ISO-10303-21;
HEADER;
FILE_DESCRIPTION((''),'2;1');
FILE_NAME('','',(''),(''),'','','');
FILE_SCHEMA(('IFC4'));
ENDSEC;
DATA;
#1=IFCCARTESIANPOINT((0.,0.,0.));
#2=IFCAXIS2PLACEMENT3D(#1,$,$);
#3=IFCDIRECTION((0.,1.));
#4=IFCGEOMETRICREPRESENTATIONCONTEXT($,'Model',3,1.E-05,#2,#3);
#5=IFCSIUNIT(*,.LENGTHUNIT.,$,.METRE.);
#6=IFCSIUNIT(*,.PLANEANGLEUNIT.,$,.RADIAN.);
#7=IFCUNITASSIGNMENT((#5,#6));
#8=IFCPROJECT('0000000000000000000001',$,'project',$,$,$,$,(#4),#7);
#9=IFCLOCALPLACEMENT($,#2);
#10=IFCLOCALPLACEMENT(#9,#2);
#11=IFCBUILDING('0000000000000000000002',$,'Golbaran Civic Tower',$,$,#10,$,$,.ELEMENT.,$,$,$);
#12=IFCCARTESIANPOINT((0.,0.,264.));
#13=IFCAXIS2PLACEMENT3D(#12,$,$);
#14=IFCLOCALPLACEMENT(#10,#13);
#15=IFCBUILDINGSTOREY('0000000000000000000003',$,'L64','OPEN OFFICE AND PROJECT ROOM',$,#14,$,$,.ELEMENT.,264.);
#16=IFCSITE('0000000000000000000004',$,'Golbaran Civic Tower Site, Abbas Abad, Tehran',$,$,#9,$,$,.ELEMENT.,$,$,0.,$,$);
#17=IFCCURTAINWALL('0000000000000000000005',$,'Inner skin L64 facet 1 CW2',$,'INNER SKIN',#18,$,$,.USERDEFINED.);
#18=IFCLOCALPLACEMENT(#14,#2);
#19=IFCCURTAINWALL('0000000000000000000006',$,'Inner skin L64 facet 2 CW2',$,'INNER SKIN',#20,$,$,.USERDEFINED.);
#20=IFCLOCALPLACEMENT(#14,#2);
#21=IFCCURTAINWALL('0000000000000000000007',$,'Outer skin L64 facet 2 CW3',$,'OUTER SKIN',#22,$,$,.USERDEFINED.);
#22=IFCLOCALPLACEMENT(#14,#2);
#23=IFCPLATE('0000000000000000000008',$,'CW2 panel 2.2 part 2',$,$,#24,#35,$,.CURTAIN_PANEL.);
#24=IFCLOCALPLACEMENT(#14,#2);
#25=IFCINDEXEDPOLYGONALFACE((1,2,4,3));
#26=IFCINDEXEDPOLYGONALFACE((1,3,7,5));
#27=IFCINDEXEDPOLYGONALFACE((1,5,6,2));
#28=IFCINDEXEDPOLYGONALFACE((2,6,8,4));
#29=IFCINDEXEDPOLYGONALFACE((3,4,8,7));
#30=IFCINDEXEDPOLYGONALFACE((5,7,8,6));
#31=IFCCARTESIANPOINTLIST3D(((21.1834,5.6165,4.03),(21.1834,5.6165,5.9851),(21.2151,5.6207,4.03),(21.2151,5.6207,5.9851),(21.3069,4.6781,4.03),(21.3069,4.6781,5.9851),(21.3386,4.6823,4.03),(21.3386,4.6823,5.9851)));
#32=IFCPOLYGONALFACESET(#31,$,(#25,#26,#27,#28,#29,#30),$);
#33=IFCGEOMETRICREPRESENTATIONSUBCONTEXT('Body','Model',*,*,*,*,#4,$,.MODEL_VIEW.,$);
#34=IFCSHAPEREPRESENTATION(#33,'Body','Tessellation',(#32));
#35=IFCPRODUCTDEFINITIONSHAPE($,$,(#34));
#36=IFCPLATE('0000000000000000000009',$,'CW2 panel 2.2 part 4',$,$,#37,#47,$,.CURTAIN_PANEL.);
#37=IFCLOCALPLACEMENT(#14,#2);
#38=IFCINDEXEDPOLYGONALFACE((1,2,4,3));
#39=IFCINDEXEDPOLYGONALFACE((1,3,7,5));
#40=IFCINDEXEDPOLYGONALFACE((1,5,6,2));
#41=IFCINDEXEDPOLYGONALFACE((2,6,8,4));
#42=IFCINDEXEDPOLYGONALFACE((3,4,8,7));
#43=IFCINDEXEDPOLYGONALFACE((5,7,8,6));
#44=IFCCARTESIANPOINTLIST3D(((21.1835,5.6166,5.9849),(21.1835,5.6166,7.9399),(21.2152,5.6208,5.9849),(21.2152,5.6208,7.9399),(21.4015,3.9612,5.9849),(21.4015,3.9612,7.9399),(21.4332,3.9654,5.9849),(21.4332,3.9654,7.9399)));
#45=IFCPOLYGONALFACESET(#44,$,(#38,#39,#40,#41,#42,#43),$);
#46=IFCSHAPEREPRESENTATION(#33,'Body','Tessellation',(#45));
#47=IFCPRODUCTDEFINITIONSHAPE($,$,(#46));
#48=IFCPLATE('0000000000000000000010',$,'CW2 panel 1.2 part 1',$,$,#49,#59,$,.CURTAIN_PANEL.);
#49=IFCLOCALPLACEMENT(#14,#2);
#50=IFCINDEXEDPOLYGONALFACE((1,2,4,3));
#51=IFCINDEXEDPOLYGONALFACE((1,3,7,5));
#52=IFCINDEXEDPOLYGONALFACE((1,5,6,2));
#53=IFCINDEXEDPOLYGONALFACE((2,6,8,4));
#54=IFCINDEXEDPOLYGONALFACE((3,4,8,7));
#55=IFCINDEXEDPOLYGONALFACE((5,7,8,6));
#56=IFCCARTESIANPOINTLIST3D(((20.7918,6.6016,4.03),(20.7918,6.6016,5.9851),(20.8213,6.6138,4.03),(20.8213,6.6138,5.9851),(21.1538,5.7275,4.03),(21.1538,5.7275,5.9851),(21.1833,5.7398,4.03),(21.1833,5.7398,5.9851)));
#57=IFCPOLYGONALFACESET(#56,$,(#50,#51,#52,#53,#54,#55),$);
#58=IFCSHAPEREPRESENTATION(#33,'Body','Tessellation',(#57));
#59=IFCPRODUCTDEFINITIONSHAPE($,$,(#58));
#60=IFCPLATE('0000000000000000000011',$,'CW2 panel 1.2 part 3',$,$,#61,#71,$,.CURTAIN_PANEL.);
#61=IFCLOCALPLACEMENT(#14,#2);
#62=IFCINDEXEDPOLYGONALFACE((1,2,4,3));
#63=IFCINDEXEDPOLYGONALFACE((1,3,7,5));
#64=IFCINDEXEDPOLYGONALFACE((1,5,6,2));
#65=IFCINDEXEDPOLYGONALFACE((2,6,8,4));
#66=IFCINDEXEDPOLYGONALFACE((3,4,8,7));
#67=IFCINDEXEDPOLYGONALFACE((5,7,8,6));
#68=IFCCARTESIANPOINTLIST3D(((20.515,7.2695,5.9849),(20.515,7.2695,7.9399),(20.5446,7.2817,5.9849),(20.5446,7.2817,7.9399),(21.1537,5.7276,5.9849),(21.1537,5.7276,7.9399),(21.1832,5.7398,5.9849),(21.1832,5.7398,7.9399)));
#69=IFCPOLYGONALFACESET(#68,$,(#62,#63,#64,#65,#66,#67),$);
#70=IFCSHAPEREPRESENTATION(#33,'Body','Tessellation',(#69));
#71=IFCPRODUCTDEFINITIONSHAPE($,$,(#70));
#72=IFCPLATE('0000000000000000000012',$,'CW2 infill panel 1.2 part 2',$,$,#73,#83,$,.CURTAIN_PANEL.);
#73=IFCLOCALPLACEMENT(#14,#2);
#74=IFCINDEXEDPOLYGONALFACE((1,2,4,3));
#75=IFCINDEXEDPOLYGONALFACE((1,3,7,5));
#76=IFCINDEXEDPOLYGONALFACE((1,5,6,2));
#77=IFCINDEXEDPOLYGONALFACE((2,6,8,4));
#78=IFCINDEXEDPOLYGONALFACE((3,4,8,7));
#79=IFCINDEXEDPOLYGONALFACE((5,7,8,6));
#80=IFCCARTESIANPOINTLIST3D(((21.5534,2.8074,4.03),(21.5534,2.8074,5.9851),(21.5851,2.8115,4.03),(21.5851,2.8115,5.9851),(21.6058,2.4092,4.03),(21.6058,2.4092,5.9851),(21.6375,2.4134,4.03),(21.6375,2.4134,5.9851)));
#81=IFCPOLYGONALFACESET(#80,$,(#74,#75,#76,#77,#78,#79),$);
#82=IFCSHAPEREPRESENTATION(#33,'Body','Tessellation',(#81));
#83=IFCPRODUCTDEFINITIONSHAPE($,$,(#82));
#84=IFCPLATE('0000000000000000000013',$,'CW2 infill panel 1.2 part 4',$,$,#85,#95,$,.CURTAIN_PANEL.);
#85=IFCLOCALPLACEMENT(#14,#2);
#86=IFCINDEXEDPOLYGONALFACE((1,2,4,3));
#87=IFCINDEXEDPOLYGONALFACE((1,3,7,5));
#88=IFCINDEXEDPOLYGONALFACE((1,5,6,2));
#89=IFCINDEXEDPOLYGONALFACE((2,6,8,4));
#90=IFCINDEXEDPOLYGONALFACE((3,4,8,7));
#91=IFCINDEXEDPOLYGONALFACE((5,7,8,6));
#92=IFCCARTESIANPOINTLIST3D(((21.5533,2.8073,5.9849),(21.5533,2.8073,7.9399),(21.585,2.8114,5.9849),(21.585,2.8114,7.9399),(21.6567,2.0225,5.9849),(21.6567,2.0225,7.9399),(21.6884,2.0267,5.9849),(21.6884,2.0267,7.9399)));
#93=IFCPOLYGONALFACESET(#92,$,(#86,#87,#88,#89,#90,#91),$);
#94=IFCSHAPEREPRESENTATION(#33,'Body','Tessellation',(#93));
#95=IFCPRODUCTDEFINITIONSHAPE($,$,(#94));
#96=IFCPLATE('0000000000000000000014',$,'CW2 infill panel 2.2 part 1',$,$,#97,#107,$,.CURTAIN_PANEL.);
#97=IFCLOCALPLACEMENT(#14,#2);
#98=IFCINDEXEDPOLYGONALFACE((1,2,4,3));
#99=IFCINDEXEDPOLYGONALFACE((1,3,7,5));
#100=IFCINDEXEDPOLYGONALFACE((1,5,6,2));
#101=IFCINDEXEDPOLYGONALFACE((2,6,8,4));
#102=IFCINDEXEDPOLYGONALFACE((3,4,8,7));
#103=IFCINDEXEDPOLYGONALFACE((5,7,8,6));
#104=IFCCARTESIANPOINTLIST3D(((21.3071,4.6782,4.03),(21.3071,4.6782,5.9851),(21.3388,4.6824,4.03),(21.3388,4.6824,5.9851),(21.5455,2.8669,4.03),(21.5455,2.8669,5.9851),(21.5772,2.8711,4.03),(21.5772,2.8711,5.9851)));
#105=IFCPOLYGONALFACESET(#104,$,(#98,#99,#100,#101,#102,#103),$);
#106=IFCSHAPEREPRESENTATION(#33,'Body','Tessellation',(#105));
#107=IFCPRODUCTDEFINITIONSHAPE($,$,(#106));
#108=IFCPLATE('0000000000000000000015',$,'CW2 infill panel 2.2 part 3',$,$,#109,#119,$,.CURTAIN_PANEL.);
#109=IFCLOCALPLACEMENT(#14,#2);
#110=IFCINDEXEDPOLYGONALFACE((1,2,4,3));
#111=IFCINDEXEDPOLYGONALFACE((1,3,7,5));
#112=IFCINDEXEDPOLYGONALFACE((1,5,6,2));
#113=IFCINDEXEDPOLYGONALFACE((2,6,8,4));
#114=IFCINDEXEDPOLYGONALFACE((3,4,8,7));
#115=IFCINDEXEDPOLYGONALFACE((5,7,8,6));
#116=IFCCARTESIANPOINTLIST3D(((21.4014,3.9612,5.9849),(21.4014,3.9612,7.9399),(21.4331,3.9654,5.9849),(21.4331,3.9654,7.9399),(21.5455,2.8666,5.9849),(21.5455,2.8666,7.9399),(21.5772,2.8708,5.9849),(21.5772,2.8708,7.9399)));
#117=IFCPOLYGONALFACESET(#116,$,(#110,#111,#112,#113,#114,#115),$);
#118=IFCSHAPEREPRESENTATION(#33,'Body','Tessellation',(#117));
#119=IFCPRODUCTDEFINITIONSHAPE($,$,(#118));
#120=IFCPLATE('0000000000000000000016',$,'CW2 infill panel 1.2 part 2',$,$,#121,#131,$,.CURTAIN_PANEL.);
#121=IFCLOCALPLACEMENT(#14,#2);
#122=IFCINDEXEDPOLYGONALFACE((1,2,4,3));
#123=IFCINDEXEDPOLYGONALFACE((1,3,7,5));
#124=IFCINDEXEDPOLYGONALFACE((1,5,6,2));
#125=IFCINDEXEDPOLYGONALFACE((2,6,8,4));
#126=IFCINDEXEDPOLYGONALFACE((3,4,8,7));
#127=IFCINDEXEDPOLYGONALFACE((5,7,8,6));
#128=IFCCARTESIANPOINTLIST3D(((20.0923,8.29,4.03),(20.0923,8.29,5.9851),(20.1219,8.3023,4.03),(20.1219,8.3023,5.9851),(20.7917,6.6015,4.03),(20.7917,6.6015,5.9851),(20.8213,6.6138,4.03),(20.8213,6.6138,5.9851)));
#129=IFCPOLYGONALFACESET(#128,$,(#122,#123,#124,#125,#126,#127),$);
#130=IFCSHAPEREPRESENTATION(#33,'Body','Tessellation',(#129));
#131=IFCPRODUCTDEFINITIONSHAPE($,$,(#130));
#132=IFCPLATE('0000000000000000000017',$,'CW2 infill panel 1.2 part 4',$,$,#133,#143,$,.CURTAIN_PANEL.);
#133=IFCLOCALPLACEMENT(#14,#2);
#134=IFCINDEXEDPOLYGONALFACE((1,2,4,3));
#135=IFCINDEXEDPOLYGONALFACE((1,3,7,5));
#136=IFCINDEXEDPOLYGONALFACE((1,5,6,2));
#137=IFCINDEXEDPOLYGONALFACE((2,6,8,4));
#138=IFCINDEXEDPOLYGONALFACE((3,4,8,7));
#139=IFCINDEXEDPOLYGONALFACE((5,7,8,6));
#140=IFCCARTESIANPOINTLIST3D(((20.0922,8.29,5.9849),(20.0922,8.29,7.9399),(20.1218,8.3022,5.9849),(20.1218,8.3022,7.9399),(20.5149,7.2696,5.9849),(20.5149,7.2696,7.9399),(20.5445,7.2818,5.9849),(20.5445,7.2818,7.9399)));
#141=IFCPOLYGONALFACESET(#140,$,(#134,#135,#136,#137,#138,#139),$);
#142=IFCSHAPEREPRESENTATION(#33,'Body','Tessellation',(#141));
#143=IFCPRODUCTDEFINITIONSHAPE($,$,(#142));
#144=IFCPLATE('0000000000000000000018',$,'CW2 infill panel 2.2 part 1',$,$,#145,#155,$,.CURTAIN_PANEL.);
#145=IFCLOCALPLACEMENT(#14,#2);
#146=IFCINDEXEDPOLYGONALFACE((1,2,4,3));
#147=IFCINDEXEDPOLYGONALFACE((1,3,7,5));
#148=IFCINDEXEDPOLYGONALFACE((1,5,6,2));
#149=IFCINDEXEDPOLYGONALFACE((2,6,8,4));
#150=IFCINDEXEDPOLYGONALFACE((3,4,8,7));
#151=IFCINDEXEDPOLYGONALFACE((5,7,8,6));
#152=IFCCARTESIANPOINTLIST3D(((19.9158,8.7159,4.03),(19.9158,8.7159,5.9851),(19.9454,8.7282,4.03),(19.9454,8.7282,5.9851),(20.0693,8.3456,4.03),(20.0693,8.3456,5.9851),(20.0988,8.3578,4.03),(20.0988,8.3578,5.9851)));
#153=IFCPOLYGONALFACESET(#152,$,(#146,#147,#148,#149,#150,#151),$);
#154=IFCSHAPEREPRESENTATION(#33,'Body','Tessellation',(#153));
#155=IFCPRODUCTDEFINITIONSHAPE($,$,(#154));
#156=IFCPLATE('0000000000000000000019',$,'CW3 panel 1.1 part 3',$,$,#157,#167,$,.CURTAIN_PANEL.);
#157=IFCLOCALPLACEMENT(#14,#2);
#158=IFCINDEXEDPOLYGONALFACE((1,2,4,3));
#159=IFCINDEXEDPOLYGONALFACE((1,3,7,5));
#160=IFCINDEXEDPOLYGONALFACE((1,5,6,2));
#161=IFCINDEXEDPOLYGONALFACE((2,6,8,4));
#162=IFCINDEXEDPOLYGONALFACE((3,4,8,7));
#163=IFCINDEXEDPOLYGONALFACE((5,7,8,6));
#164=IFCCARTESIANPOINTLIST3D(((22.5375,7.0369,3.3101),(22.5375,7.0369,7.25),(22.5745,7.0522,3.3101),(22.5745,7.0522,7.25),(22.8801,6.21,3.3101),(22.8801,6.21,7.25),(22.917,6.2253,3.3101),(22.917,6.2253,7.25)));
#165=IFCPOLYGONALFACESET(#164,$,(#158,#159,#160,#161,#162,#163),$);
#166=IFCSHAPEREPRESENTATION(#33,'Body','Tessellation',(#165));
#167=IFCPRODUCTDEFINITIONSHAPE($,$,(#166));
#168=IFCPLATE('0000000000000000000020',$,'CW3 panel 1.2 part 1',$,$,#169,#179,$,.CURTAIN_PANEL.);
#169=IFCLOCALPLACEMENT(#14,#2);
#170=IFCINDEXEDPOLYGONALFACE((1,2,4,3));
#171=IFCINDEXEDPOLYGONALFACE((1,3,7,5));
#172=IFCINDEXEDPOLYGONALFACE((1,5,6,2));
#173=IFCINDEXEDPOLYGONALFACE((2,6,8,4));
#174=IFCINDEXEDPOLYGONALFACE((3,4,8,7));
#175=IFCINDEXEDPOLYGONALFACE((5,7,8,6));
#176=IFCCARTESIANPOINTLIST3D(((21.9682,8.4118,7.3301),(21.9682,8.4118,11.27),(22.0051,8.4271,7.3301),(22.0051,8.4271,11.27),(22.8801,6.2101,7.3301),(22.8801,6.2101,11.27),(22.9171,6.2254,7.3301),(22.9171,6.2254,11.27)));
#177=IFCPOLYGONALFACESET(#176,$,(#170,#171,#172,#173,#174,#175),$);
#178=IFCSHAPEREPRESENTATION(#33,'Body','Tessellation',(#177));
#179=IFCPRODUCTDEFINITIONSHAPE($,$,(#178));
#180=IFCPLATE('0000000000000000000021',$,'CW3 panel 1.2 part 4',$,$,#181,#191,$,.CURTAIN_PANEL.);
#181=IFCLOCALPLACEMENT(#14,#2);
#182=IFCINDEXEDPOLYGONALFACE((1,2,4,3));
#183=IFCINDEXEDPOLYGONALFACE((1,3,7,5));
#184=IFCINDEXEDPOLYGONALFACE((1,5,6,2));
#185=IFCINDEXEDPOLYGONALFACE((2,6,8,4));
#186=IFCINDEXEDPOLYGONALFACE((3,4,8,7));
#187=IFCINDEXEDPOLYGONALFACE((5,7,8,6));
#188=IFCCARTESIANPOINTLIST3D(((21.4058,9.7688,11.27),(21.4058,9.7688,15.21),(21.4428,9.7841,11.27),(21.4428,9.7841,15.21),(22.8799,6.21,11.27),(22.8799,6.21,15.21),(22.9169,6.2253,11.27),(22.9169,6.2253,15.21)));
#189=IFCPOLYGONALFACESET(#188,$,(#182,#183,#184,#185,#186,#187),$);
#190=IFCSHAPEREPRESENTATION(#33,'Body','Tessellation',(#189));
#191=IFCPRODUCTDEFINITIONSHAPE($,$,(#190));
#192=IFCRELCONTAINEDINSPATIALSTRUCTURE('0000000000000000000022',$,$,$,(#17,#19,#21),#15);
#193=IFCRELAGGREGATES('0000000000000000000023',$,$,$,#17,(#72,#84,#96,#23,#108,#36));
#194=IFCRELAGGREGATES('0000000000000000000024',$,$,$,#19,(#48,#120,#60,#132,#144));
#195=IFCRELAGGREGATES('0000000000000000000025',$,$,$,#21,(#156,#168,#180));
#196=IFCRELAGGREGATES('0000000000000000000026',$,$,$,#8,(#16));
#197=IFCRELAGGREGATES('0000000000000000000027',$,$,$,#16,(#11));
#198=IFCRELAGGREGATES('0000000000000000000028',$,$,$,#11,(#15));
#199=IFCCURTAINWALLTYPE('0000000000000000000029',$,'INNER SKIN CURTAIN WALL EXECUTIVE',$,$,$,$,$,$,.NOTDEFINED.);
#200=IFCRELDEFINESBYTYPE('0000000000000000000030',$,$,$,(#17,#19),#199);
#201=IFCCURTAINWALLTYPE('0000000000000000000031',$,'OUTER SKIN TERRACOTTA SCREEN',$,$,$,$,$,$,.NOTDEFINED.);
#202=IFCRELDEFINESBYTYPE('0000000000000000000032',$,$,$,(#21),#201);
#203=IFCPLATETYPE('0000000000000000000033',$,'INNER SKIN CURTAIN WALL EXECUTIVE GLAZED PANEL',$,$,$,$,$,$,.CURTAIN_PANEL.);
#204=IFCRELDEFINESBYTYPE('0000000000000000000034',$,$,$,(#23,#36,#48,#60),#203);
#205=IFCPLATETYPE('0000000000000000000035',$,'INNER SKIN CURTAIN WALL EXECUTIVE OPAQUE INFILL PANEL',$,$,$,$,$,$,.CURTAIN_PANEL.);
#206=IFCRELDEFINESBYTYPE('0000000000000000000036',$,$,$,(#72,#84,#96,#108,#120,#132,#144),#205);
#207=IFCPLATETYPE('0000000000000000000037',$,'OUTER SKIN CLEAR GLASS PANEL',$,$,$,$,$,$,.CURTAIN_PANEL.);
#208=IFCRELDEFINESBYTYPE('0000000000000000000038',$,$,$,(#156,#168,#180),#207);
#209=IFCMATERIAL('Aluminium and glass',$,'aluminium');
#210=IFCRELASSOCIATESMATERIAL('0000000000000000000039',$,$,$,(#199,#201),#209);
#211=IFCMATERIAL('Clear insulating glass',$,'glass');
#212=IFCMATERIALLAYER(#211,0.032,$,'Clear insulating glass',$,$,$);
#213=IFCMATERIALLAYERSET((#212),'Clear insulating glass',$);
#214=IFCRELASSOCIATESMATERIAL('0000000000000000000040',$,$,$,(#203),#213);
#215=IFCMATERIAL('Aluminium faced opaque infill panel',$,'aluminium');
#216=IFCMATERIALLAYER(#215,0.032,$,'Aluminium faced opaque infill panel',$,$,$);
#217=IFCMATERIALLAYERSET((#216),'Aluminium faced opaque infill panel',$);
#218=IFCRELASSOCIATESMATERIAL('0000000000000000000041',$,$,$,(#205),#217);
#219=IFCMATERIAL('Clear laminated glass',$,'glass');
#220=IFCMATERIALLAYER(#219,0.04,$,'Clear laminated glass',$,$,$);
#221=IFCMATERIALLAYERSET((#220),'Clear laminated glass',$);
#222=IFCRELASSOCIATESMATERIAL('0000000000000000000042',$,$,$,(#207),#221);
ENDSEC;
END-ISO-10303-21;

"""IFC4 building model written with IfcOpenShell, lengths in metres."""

from ifc_helpers import new_model, si_unit, direction, frame, origin, origin_2d, place, context, subcontext, project, spatial, rectangle, extrude, material, layer, layer_set, type_object, element, aggregate, save


model = new_model("IFC4")

# Units and contexts
model_context = context("Model", 3, precision=1e-05, world=origin(), true_north=direction((0.0, 1.0)))
body_context = subcontext(model_context, "Body", "Model", "MODEL_VIEW")
ifc_project = project(units=[si_unit("LENGTHUNIT", "METRE"), si_unit("PLANEANGLEUNIT", "RADIAN")], contexts=[model_context])

# Site, building, storey
site_placement = place(None, origin())
site = spatial("IfcSite", under=ifc_project, at=site_placement, Name="Golbaran Civic Tower Site, Abbas Abad, Tehran", CompositionType="ELEMENT", RefElevation=0.0)
building_placement = place(site_placement, origin())
building = spatial("IfcBuilding", under=site, at=building_placement, Name="Golbaran Civic Tower", CompositionType="ELEMENT")
storey_placement = place(building_placement, frame((0.0, 0.0, 264.0)))
storey = spatial("IfcBuildingStorey", under=building, at=storey_placement, Name="L64", Description="OPEN OFFICE AND PROJECT ROOM", CompositionType="ELEMENT", Elevation=264.0)

# Curtain walls
ifc_material_1 = material(Name="Aluminium and glass", Category="aluminium")
curtain_wall_type_1 = type_object("IfcCurtainWallType", Name="INNER SKIN CURTAIN WALL EXECUTIVE", PredefinedType="NOTDEFINED", material=ifc_material_1)
curtain_wall_1_placement = place(storey_placement, origin())
curtain_wall_1 = element("IfcCurtainWall", 1, at=curtain_wall_1_placement, inside=storey, type_object=curtain_wall_type_1, Name="Inner skin L64 facet 1 CW2", ObjectType="INNER SKIN", PredefinedType="USERDEFINED")
curtain_wall_2_placement = place(storey_placement, origin())
curtain_wall_2 = element("IfcCurtainWall", 2, at=curtain_wall_2_placement, inside=storey, type_object=curtain_wall_type_1, Name="Inner skin L64 facet 2 CW2", ObjectType="INNER SKIN", PredefinedType="USERDEFINED")
curtain_wall_type_2 = type_object("IfcCurtainWallType", Name="OUTER SKIN TERRACOTTA SCREEN", PredefinedType="NOTDEFINED", material=ifc_material_1)
curtain_wall_3_placement = place(storey_placement, origin())
curtain_wall_3 = element("IfcCurtainWall", 3, at=curtain_wall_3_placement, inside=storey, type_object=curtain_wall_type_2, Name="Outer skin L64 facet 2 CW3", ObjectType="OUTER SKIN", PredefinedType="USERDEFINED")

# Plates
ifc_material_2 = material(Name="Clear insulating glass", Category="glass")
ifc_layer_1 = layer(ifc_material_2, 0.032, Name="Clear insulating glass")
ifc_layer_set_1 = layer_set([ifc_layer_1], Name="Clear insulating glass")
plate_type_1 = type_object("IfcPlateType", Name="INNER SKIN CURTAIN WALL EXECUTIVE GLAZED PANEL", PredefinedType="CURTAIN_PANEL", material=ifc_layer_set_1)
plate_1_placement = place(storey_placement, frame((21.261, 5.1494, 4.03), z_axis=(0.0, 0.0, 1.0), x_axis=(-0.130526, 0.991445, 0.0)))
plate_1 = element("IfcPlate", 4, at=plate_1_placement, type_object=plate_type_1, Name="CW2 panel 2.2 part 2", PredefinedType="CURTAIN_PANEL", context=body_context, shape_type="SweptSolid", body=[
    extrude(rectangle(XDim=0.9465, YDim=0.032, at=origin_2d()), origin(), (0.0, 0.0, 1.0), 1.9551),
])
plate_2_placement = place(storey_placement, frame((21.3083, 4.791, 5.9849), z_axis=(0.0, 0.0, 1.0), x_axis=(-0.130526, 0.991445, 0.0)))
plate_2 = element("IfcPlate", 5, at=plate_2_placement, type_object=plate_type_1, Name="CW2 panel 2.2 part 4", PredefinedType="CURTAIN_PANEL", context=body_context, shape_type="SweptSolid", body=[
    extrude(rectangle(XDim=1.6697, YDim=0.032, at=origin_2d()), origin(), (0.0, 0.0, 1.0), 1.9551),
])
plate_3_placement = place(storey_placement, frame((20.9875, 6.1707, 4.03), z_axis=(0.0, 0.0, 1.0), x_axis=(-0.382683, 0.92388, 0.0)))
plate_3 = element("IfcPlate", 6, at=plate_3_placement, type_object=plate_type_1, Name="CW2 panel 1.2 part 1", PredefinedType="CURTAIN_PANEL", context=body_context, shape_type="SweptSolid", body=[
    extrude(rectangle(XDim=0.946, YDim=0.032, at=origin_2d()), origin(), (0.0, 0.0, 1.0), 1.9551),
])
plate_4_placement = place(storey_placement, frame((20.8491, 6.5046, 5.9849), z_axis=(0.0, 0.0, 1.0), x_axis=(-0.382683, 0.92388, 0.0)))
plate_4 = element("IfcPlate", 7, at=plate_4_placement, type_object=plate_type_1, Name="CW2 panel 1.2 part 3", PredefinedType="CURTAIN_PANEL", context=body_context, shape_type="SweptSolid", body=[
    extrude(rectangle(XDim=1.6689, YDim=0.032, at=origin_2d()), origin(), (0.0, 0.0, 1.0), 1.9551),
])
ifc_material_3 = material(Name="Aluminium faced opaque infill panel", Category="aluminium")
ifc_layer_2 = layer(ifc_material_3, 0.032, Name="Aluminium faced opaque infill panel")
ifc_layer_set_2 = layer_set([ifc_layer_2], Name="Aluminium faced opaque infill panel")
plate_type_2 = type_object("IfcPlateType", Name="INNER SKIN CURTAIN WALL EXECUTIVE OPAQUE INFILL PANEL", PredefinedType="CURTAIN_PANEL", material=ifc_layer_set_2)
plate_5_placement = place(storey_placement, frame((21.5955, 2.6104, 4.03), z_axis=(0.0, 0.0, 1.0), x_axis=(-0.130526, 0.991445, 0.0)))
plate_5 = element("IfcPlate", 8, at=plate_5_placement, type_object=plate_type_2, Name="CW2 infill panel 1.2 part 2", PredefinedType="CURTAIN_PANEL", context=body_context, shape_type="SweptSolid", body=[
    extrude(rectangle(XDim=0.4016, YDim=0.032, at=origin_2d()), origin(), (0.0, 0.0, 1.0), 1.9551),
])
plate_6_placement = place(storey_placement, frame((21.6208, 2.417, 5.9849), z_axis=(0.0, 0.0, 1.0), x_axis=(-0.130526, 0.991445, 0.0)))
plate_6 = element("IfcPlate", 9, at=plate_6_placement, type_object=plate_type_2, Name="CW2 infill panel 1.2 part 4", PredefinedType="CURTAIN_PANEL", context=body_context, shape_type="SweptSolid", body=[
    extrude(rectangle(XDim=0.7915, YDim=0.032, at=origin_2d()), origin(), (0.0, 0.0, 1.0), 1.9551),
])
plate_7_placement = place(storey_placement, frame((21.4421, 3.7747, 4.03), z_axis=(0.0, 0.0, 1.0), x_axis=(-0.130526, 0.991445, 0.0)))
plate_7 = element("IfcPlate", 10, at=plate_7_placement, type_object=plate_type_2, Name="CW2 infill panel 2.2 part 1", PredefinedType="CURTAIN_PANEL", context=body_context, shape_type="SweptSolid", body=[
    extrude(rectangle(XDim=1.8269, YDim=0.032, at=origin_2d()), origin(), (0.0, 0.0, 1.0), 1.9551),
])
plate_8_placement = place(storey_placement, frame((21.4893, 3.416, 5.9849), z_axis=(0.0, 0.0, 1.0), x_axis=(-0.130526, 0.991445, 0.0)))
plate_8 = element("IfcPlate", 11, at=plate_8_placement, type_object=plate_type_2, Name="CW2 infill panel 2.2 part 3", PredefinedType="CURTAIN_PANEL", context=body_context, shape_type="SweptSolid", body=[
    extrude(rectangle(XDim=1.104, YDim=0.032, at=origin_2d()), origin(), (0.0, 0.0, 1.0), 1.9551),
])
aggregate(curtain_wall_1, [plate_5, plate_6, plate_7, plate_1, plate_8, plate_2])
plate_9_placement = place(storey_placement, frame((20.4568, 7.4519, 4.03), z_axis=(0.0, 0.0, 1.0), x_axis=(-0.382683, 0.92388, 0.0)))
plate_9 = element("IfcPlate", 12, at=plate_9_placement, type_object=plate_type_2, Name="CW2 infill panel 1.2 part 2", PredefinedType="CURTAIN_PANEL", context=body_context, shape_type="SweptSolid", body=[
    extrude(rectangle(XDim=1.8276, YDim=0.032, at=origin_2d()), origin(), (0.0, 0.0, 1.0), 1.9551),
])
plate_10_placement = place(storey_placement, frame((20.3184, 7.7859, 5.9849), z_axis=(0.0, 0.0, 1.0), x_axis=(-0.382683, 0.92388, 0.0)))
plate_10 = element("IfcPlate", 13, at=plate_10_placement, type_object=plate_type_2, Name="CW2 infill panel 1.2 part 4", PredefinedType="CURTAIN_PANEL", context=body_context, shape_type="SweptSolid", body=[
    extrude(rectangle(XDim=1.1045, YDim=0.032, at=origin_2d()), origin(), (0.0, 0.0, 1.0), 1.9551),
])
plate_11_placement = place(storey_placement, frame((20.0073, 8.5369, 4.03), z_axis=(0.0, 0.0, 1.0), x_axis=(-0.382683, 0.92388, 0.0)))
plate_11 = element("IfcPlate", 14, at=plate_11_placement, type_object=plate_type_2, Name="CW2 infill panel 2.2 part 1", PredefinedType="CURTAIN_PANEL", context=body_context, shape_type="SweptSolid", body=[
    extrude(rectangle(XDim=0.4009, YDim=0.032, at=origin_2d()), origin(), (0.0, 0.0, 1.0), 1.9551),
])
aggregate(curtain_wall_2, [plate_3, plate_9, plate_4, plate_10, plate_11])
ifc_material_4 = material(Name="Clear laminated glass", Category="glass")
ifc_layer_3 = layer(ifc_material_4, 0.04, Name="Clear laminated glass")
ifc_layer_set_3 = layer_set([ifc_layer_3], Name="Clear laminated glass")
plate_type_3 = type_object("IfcPlateType", Name="OUTER SKIN CLEAR GLASS PANEL", PredefinedType="CURTAIN_PANEL", material=ifc_layer_set_3)
plate_12_placement = place(storey_placement, frame((22.7273, 6.6311, 3.3101), z_axis=(0.0, 0.0, 1.0), x_axis=(-0.382683, 0.92388, 0.0)))
plate_12 = element("IfcPlate", 15, at=plate_12_placement, type_object=plate_type_3, Name="CW3 panel 1.1 part 3", PredefinedType="CURTAIN_PANEL", context=body_context, shape_type="SweptSolid", body=[
    extrude(rectangle(XDim=0.895, YDim=0.04, at=origin_2d()), origin(), (0.0, 0.0, 1.0), 3.9399),
])
plate_13_placement = place(storey_placement, frame((22.4426, 7.3186, 7.3301), z_axis=(0.0, 0.0, 1.0), x_axis=(-0.382683, 0.92388, 0.0)))
plate_13 = element("IfcPlate", 16, at=plate_13_placement, type_object=plate_type_3, Name="CW3 panel 1.2 part 1", PredefinedType="CURTAIN_PANEL", context=body_context, shape_type="SweptSolid", body=[
    extrude(rectangle(XDim=2.3831, YDim=0.04, at=origin_2d()), origin(), (0.0, 0.0, 1.0), 3.9399),
])
plate_14_placement = place(storey_placement, frame((22.1614, 7.9971, 11.27), z_axis=(0.0, 0.0, 1.0), x_axis=(-0.382683, 0.92388, 0.0)))
plate_14 = element("IfcPlate", 17, at=plate_14_placement, type_object=plate_type_3, Name="CW3 panel 1.2 part 4", PredefinedType="CURTAIN_PANEL", context=body_context, shape_type="SweptSolid", body=[
    extrude(rectangle(XDim=3.8521, YDim=0.04, at=origin_2d()), origin(), (0.0, 0.0, 1.0), 3.9399),
])
aggregate(curtain_wall_3, [plate_12, plate_13, plate_14])

save(model, "model.ifc")
